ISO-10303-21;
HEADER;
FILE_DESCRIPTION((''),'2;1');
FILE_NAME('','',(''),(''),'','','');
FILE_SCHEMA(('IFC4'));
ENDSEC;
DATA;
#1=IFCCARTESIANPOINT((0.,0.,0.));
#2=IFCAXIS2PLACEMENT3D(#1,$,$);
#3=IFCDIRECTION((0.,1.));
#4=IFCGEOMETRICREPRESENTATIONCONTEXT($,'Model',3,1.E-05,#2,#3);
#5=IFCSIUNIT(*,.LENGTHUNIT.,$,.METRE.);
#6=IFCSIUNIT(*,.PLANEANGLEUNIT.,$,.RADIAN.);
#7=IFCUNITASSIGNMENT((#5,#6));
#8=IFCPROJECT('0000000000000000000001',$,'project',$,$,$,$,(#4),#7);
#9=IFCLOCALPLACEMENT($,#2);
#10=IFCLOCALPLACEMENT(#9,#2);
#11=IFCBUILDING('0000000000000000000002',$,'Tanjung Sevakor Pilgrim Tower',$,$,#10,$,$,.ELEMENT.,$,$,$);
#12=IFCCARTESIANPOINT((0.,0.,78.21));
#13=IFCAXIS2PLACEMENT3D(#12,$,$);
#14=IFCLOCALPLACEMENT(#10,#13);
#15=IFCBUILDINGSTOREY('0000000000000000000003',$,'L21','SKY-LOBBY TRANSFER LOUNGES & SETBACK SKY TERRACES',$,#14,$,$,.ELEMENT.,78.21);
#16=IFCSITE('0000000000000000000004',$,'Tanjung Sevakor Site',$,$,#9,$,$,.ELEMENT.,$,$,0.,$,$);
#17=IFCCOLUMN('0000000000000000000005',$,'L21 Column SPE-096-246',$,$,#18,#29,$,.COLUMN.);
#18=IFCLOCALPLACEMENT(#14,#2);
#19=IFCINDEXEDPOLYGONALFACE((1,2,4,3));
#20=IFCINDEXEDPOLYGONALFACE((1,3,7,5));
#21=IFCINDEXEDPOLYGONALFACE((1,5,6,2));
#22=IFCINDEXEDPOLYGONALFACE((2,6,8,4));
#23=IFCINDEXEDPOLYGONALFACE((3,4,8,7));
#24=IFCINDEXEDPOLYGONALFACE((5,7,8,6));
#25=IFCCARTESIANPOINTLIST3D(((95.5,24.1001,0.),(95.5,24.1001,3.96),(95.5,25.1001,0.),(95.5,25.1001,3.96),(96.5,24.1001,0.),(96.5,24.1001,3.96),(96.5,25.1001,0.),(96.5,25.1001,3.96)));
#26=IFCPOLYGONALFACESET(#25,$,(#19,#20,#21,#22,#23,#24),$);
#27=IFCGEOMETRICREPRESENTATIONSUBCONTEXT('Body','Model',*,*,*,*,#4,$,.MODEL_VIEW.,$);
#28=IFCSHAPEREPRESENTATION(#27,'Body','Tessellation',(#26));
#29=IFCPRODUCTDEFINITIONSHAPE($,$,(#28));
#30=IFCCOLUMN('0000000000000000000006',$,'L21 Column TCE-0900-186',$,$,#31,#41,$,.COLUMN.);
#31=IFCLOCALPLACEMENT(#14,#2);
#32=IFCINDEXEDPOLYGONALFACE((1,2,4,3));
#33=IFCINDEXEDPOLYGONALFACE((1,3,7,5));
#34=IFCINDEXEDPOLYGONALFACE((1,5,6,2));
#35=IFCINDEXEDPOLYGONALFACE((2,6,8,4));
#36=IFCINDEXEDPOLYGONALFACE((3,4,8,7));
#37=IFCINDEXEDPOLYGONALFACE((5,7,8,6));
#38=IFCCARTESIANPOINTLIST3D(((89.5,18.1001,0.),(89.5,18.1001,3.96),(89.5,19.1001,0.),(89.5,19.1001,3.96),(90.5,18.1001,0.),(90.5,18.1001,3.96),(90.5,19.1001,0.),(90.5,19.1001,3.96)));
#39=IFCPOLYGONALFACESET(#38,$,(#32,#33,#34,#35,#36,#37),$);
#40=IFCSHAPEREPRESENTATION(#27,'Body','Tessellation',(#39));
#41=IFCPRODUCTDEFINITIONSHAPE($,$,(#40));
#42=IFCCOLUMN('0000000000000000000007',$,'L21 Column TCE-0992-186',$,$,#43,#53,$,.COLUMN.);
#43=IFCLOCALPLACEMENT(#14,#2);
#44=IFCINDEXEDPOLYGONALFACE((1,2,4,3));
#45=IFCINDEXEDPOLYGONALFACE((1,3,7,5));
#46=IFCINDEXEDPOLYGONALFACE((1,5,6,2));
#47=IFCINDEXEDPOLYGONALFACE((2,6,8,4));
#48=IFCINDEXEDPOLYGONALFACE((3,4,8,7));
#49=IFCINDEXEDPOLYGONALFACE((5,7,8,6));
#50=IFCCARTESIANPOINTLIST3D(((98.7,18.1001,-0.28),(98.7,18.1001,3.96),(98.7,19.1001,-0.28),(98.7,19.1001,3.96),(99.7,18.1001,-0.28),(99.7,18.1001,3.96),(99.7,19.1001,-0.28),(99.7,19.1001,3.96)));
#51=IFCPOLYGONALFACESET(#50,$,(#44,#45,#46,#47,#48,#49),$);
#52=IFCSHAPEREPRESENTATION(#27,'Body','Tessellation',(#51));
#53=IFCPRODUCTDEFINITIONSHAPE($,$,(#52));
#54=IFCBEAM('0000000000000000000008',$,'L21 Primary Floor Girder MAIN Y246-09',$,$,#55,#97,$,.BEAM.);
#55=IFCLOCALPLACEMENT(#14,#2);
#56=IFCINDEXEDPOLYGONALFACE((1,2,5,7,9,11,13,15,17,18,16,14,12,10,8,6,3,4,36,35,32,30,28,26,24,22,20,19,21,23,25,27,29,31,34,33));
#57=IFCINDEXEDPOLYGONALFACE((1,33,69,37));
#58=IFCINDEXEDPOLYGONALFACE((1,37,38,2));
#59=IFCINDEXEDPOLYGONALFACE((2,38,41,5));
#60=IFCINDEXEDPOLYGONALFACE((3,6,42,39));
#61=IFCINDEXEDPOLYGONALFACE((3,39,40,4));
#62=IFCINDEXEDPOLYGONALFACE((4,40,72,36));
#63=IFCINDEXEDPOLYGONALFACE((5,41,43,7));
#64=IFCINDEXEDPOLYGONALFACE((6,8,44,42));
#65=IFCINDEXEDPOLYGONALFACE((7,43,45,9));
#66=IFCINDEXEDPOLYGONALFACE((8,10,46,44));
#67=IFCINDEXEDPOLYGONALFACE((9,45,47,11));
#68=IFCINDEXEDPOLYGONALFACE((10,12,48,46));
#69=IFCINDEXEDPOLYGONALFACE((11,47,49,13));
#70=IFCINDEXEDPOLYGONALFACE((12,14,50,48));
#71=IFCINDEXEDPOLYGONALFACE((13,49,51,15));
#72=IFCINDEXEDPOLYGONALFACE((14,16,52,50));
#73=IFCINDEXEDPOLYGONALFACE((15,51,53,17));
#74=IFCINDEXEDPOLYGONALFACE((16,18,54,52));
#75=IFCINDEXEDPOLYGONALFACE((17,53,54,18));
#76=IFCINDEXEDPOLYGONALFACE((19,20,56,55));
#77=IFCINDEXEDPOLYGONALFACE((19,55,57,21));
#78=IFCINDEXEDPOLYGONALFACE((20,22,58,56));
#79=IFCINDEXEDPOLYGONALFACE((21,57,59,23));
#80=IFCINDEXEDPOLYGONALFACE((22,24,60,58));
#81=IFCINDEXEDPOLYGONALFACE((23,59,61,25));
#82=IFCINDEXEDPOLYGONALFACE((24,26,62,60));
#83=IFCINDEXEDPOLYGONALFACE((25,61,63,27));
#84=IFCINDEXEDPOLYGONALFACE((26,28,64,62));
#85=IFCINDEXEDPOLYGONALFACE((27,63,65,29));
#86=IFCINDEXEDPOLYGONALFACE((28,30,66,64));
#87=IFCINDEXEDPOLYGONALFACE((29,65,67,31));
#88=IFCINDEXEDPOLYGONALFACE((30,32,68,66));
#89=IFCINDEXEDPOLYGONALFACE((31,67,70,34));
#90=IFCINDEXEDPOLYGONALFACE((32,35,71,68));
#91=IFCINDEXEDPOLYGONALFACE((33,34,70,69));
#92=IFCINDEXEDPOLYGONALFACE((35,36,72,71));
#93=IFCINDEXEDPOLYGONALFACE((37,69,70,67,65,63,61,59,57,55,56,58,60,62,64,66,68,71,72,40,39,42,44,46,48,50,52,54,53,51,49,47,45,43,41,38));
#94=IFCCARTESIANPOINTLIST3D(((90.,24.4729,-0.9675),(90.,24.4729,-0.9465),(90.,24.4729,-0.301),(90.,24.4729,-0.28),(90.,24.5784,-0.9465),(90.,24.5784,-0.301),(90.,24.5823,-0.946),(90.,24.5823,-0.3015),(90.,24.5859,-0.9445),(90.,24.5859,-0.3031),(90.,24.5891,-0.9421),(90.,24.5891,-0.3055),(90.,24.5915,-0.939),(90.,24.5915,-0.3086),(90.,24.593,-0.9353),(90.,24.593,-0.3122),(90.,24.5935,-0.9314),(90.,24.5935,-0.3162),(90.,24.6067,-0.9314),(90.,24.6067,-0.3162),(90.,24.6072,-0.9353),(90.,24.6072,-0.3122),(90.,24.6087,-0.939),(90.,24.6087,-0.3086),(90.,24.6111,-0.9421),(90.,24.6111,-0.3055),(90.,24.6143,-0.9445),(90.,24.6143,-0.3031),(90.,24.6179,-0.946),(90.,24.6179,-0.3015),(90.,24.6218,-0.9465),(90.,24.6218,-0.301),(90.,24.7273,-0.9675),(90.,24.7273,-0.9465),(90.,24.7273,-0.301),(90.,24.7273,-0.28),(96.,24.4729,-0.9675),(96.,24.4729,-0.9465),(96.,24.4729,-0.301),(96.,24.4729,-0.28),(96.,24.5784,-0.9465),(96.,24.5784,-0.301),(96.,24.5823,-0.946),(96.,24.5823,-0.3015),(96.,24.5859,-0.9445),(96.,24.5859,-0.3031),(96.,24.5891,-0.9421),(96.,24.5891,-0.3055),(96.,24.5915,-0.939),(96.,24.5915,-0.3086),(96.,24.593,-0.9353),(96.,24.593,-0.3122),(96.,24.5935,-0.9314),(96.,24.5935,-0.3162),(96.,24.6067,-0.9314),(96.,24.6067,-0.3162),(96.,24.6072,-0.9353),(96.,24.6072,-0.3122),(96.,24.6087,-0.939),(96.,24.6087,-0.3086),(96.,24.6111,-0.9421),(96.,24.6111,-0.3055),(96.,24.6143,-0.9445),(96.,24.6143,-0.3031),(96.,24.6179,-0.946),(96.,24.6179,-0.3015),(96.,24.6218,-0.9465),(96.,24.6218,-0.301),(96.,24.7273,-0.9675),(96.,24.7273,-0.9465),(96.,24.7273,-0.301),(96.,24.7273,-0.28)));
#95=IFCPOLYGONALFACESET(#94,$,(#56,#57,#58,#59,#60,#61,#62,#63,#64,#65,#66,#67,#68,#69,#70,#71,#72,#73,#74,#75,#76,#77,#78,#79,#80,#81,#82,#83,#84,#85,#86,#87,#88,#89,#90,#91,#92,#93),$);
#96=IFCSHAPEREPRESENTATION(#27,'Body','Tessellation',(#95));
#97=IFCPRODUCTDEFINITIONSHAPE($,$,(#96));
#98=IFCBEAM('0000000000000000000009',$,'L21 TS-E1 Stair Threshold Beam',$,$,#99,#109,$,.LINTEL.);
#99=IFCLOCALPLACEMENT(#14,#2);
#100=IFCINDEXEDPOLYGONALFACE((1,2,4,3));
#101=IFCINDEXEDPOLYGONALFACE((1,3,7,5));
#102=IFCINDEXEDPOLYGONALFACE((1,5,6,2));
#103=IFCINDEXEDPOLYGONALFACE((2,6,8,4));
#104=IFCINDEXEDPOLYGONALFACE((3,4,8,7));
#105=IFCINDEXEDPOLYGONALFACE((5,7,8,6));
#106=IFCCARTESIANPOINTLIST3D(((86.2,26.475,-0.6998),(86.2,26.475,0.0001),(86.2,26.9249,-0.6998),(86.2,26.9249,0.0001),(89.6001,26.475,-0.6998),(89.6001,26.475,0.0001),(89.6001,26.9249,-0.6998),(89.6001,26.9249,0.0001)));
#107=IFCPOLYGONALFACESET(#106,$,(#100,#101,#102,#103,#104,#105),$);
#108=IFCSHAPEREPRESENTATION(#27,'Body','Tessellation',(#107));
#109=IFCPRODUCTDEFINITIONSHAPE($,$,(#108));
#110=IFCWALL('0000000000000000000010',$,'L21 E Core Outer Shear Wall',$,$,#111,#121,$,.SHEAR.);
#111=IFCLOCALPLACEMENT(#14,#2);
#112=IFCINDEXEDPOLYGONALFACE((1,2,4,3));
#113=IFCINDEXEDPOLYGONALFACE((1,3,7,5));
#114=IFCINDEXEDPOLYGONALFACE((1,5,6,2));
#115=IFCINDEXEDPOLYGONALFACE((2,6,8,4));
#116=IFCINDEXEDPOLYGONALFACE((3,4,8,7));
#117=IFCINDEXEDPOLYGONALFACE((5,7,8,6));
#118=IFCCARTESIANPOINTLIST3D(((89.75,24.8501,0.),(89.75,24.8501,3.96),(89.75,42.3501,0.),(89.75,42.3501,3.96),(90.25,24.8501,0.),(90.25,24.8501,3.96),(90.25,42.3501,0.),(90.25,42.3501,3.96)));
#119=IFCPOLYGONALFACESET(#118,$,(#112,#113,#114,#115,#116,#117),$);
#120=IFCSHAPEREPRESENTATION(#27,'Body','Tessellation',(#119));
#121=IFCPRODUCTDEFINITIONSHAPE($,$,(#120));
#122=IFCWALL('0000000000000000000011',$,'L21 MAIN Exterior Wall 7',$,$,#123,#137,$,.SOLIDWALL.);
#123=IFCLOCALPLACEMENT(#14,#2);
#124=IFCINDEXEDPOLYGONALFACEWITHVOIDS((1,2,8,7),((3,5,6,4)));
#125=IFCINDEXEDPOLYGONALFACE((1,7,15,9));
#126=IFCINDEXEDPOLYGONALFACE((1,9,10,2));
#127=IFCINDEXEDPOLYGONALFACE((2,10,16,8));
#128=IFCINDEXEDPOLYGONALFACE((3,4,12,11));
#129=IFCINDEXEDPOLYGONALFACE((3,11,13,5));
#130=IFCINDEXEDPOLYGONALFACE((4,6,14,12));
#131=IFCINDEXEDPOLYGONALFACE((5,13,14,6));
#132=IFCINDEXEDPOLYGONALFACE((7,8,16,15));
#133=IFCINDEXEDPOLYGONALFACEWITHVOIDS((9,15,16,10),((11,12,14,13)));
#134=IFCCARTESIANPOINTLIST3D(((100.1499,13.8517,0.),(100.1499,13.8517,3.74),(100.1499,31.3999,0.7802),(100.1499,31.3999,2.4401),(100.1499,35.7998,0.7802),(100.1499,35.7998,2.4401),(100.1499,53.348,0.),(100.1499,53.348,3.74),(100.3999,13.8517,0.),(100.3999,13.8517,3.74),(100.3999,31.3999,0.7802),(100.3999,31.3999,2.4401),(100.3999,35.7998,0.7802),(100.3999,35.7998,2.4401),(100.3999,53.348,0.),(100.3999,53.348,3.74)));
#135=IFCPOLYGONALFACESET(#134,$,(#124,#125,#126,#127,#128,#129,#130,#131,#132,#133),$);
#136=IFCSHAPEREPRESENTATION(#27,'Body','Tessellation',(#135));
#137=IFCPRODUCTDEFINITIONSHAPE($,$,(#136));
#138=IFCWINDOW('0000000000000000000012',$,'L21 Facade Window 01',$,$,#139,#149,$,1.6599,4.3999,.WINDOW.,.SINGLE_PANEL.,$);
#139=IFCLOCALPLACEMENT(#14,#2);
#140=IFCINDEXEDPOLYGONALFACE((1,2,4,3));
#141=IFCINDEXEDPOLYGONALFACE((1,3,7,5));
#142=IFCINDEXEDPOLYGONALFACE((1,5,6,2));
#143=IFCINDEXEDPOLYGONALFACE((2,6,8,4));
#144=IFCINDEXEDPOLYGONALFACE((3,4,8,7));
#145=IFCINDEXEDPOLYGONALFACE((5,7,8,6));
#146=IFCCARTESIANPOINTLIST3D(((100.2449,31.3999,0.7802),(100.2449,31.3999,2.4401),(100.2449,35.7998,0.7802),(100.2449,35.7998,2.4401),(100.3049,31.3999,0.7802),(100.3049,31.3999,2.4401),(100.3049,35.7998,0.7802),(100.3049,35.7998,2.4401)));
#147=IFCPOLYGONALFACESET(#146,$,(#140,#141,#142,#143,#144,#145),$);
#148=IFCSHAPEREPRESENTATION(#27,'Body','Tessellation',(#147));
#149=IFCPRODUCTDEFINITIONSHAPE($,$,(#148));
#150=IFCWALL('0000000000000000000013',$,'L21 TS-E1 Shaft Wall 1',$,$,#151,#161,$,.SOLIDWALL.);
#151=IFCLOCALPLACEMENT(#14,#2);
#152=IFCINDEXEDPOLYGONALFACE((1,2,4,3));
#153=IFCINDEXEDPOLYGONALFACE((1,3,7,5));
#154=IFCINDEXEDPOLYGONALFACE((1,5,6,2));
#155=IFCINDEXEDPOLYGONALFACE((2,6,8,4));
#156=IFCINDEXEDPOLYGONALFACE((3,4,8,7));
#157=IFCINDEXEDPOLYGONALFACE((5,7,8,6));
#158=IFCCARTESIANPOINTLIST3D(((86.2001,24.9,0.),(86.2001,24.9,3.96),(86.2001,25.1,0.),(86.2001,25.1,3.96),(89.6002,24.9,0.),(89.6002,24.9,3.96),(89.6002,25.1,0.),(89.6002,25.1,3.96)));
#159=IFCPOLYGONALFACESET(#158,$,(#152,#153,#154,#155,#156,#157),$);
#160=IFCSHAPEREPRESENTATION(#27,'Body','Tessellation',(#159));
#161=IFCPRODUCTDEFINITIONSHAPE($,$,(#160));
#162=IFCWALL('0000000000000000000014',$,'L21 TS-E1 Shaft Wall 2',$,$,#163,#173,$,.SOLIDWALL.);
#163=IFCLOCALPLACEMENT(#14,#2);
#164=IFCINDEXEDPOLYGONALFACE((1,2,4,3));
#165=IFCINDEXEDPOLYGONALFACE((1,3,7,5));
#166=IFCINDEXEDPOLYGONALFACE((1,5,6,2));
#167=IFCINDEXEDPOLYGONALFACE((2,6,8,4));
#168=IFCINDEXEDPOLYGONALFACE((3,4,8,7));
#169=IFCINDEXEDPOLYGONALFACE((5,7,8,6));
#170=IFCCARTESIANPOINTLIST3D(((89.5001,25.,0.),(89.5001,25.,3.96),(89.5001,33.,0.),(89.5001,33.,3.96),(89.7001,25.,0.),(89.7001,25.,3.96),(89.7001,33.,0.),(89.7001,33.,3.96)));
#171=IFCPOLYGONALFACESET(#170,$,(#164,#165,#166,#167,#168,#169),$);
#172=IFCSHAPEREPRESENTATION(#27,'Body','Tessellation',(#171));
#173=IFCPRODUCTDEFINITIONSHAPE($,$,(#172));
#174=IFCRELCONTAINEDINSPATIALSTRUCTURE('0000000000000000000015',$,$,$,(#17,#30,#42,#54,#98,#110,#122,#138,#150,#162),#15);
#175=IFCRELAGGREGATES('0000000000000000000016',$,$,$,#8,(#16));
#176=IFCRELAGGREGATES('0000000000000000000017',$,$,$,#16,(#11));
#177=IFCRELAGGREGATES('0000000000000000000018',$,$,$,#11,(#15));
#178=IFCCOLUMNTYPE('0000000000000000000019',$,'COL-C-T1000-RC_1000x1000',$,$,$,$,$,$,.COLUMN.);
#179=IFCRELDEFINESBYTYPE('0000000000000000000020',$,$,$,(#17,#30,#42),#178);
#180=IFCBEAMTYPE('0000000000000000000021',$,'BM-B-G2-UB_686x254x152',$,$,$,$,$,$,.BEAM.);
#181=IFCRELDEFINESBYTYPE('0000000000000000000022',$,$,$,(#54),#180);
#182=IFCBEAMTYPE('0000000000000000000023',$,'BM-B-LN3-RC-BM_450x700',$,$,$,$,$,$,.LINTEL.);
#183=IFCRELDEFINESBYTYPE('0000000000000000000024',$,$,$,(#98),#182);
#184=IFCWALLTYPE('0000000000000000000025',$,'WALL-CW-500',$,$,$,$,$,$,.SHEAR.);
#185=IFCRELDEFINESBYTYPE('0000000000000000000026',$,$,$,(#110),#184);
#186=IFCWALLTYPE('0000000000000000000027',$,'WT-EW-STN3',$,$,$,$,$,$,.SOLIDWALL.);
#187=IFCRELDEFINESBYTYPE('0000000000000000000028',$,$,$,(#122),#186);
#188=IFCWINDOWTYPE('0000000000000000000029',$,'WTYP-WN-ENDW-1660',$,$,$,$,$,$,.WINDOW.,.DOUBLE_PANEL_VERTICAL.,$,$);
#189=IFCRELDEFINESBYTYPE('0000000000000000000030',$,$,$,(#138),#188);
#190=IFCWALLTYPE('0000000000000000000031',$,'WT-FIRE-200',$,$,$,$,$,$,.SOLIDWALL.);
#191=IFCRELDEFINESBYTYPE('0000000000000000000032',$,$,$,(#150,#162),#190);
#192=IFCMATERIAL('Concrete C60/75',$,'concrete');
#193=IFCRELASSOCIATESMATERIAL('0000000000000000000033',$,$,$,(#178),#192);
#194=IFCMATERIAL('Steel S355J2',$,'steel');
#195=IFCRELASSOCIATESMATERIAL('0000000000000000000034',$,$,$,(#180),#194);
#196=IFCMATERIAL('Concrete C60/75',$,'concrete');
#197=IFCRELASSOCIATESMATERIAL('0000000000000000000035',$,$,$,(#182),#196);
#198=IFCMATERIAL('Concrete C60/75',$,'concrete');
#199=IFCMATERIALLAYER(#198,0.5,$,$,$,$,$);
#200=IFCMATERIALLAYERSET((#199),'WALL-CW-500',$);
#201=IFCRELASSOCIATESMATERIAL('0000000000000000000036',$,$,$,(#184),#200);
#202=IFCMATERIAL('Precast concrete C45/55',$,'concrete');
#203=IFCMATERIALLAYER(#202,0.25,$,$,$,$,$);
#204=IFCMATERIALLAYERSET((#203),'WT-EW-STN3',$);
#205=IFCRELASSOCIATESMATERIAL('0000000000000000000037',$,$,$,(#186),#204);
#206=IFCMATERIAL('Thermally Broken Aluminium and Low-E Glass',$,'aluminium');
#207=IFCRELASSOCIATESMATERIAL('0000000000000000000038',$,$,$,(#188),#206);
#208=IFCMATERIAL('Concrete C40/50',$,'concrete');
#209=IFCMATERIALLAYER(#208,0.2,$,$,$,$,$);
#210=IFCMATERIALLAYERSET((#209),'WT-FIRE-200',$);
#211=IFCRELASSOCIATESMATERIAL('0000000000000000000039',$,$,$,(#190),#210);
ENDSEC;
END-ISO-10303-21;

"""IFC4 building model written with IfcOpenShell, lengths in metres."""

from ifc_helpers import new_model, si_unit, direction, frame, frame_2d, origin, origin_2d, place, context, subcontext, project, spatial, rectangle, i_section, extrude, material, layer, layer_set, material_profile, profile_set, type_object, element, fill, save


model = new_model("IFC4")

# Units and contexts
model_context = context("Model", 3, precision=1e-05, world=origin(), true_north=direction((0.0, 1.0)))
body_context = subcontext(model_context, "Body", "Model", "MODEL_VIEW")
ifc_project = project(units=[si_unit("LENGTHUNIT", "METRE"), si_unit("PLANEANGLEUNIT", "RADIAN")], contexts=[model_context])

# Site, building, storey
site_placement = place(None, origin())
site = spatial("IfcSite", under=ifc_project, at=site_placement, Name="Tanjung Sevakor Site", CompositionType="ELEMENT", RefElevation=0.0)
building_placement = place(site_placement, origin())
building = spatial("IfcBuilding", under=site, at=building_placement, Name="Tanjung Sevakor Pilgrim Tower", CompositionType="ELEMENT")
storey_placement = place(building_placement, frame((0.0, 0.0, 78.21)))
storey = spatial("IfcBuildingStorey", under=building, at=storey_placement, Name="L21", Description="SKY-LOBBY TRANSFER LOUNGES & SETBACK SKY TERRACES", CompositionType="ELEMENT", Elevation=78.21)

# Columns
ifc_material_1 = material(Name="Concrete C60/75", Category="concrete")
ifc_material_profile_1 = material_profile(ifc_material_1, rectangle(XDim=1.0, YDim=1.0, at=origin_2d()))
ifc_profile_set_1 = profile_set([ifc_material_profile_1], Name="Concrete C60/75")
column_type = type_object("IfcColumnType", Name="COL-C-T1000-RC_1000x1000", PredefinedType="COLUMN", material=ifc_profile_set_1)
for number, where, z_axis, x_axis, name in (
    (1, (96.0, 24.6001, 0.0), (0.0, 0.0, 1.0), (1.0, 0.0, 0.0), "L21 Column SPE-096-246"),
    (2, (90.0, 18.6001, 0.0), (0.0, 0.0, 1.0), (1.0, 0.0, 0.0), "L21 Column TCE-0900-186"),
):
    element("IfcColumn", number, at=place(storey_placement, frame(where, z_axis=z_axis, x_axis=x_axis)), inside=storey, type_object=column_type, Name=name, PredefinedType="COLUMN", context=body_context, shape_type="SweptSolid", body=[
        extrude(rectangle(XDim=1.0, YDim=1.0, at=origin_2d()), origin(), (0.0, 0.0, 1.0), 3.96),
    ])
column_placement = place(storey_placement, frame((99.2, 18.6001, -0.28), z_axis=(0.0, 0.0, 1.0), x_axis=(1.0, 0.0, 0.0)))
element("IfcColumn", 3, at=column_placement, inside=storey, type_object=column_type, Name="L21 Column TCE-0992-186", PredefinedType="COLUMN", context=body_context, shape_type="SweptSolid", body=[
    extrude(rectangle(XDim=1.0, YDim=1.0, at=origin_2d()), origin(), (0.0, 0.0, 1.0), 4.24),
])

# Beams
ifc_material_2 = material(Name="Steel S355J2", Category="steel")
ifc_material_profile_2 = material_profile(ifc_material_2, i_section(OverallWidth=0.2544, OverallDepth=0.6875, WebThickness=0.0132, FlangeThickness=0.021, FilletRadius=0.0151, at=origin_2d()))
ifc_profile_set_2 = profile_set([ifc_material_profile_2], Name="Steel S355J2")
beam_type_1 = type_object("IfcBeamType", Name="BM-B-G2-UB_686x254x152", PredefinedType="BEAM", material=ifc_profile_set_2)
beam_1_placement = place(storey_placement, frame((90.0, 24.6001, -0.6238), z_axis=(1.0, 0.0, 0.0), x_axis=(0.0, 1.0, 0.0)))
element("IfcBeam", 4, at=beam_1_placement, inside=storey, type_object=beam_type_1, Name="L21 Primary Floor Girder MAIN Y246-09", PredefinedType="BEAM", context=body_context, shape_type="SweptSolid", body=[
    extrude(i_section(OverallWidth=0.2544, OverallDepth=0.6875, WebThickness=0.0132, FlangeThickness=0.021, FilletRadius=0.0151, at=origin_2d()), origin(), (0.0, 0.0, 1.0), 6.0),
])
ifc_material_3 = material(Name="Concrete C60/75", Category="concrete")
ifc_material_profile_3 = material_profile(ifc_material_3, rectangle(XDim=0.45, YDim=0.7, at=origin_2d()))
ifc_profile_set_3 = profile_set([ifc_material_profile_3], Name="Concrete C60/75")
beam_type_2 = type_object("IfcBeamType", Name="BM-B-LN3-RC-BM_450x700", PredefinedType="LINTEL", material=ifc_profile_set_3)
beam_2_placement = place(storey_placement, frame((86.2, 26.7, -0.3499), z_axis=(1.0, 0.0, 0.0), x_axis=(0.0, 1.0, 0.0)))
element("IfcBeam", 5, at=beam_2_placement, inside=storey, type_object=beam_type_2, Name="L21 TS-E1 Stair Threshold Beam", PredefinedType="LINTEL", context=body_context, shape_type="SweptSolid", body=[
    extrude(rectangle(XDim=0.45, YDim=0.7, at=origin_2d()), origin(), (0.0, 0.0, 1.0), 3.4001),
])

# Wall
ifc_material_4 = material(Name="Concrete C60/75", Category="concrete")
ifc_layer_1 = layer(ifc_material_4, 0.5)
ifc_layer_set_1 = layer_set([ifc_layer_1], Name="WALL-CW-500")
wall_type_1 = type_object("IfcWallType", Name="WALL-CW-500", PredefinedType="SHEAR", material=ifc_layer_set_1)
wall_1_placement = place(storey_placement, frame((90.0, 24.8501, 0.0), z_axis=(0.0, 0.0, 1.0), x_axis=(0.0, 1.0, 0.0)))
element("IfcWall", 6, at=wall_1_placement, inside=storey, type_object=wall_type_1, Name="L21 E Core Outer Shear Wall", PredefinedType="SHEAR", context=body_context, shape_type="SweptSolid", body=[
    extrude(rectangle(XDim=17.5, YDim=0.5, at=frame_2d((8.75, 0.0))), origin(), (0.0, 0.0, 1.0), 3.96),
])

# Wall, opening, window
ifc_material_5 = material(Name="Precast concrete C45/55", Category="concrete")
ifc_layer_2 = layer(ifc_material_5, 0.25)
ifc_layer_set_2 = layer_set([ifc_layer_2], Name="WT-EW-STN3")
wall_type_2 = type_object("IfcWallType", Name="WT-EW-STN3", PredefinedType="SOLIDWALL", material=ifc_layer_set_2)
wall_2_placement = place(storey_placement, frame((100.2749, 13.8518, 0.0), z_axis=(0.0, 0.0, 1.0), x_axis=(0.0, 1.0, 0.0)))
wall_2 = element("IfcWall", 7, at=wall_2_placement, inside=storey, type_object=wall_type_2, Name="L21 MAIN Exterior Wall 7", PredefinedType="SOLIDWALL", context=body_context, shape_type="SweptSolid", body=[
    extrude(rectangle(XDim=39.4963, YDim=0.25, at=frame_2d((19.748, 0.0))), origin(), (0.0, 0.0, 1.0), 3.74),
])
opening_1_placement = place(wall_2_placement, frame((17.5481, 0.0, 0.78)))
opening_1 = element("IfcOpeningElement", 8, at=opening_1_placement, cuts=wall_2, PredefinedType="OPENING", context=body_context, shape_type="SweptSolid", body=[
    extrude(rectangle(XDim=4.3999, YDim=1.6599, at=frame_2d((2.2, 0.8301))), frame((0.0, 0.135, 0.0), z_axis=(0.0, -1.0, 0.0), x_axis=(1.0, 0.0, 0.0)), (0.0, 0.0, 1.0), 0.27),
])
ifc_material_6 = material(Name="Thermally Broken Aluminium and Low-E Glass", Category="aluminium")
window_type = type_object("IfcWindowType", Name="WTYP-WN-ENDW-1660", PartitioningType="DOUBLE_PANEL_VERTICAL", PredefinedType="WINDOW", material=ifc_material_6)
window_placement = place(opening_1_placement, origin())
window = element("IfcWindow", 9, at=window_placement, inside=storey, type_object=window_type, Name="L21 Facade Window 01", OverallHeight=1.6599, OverallWidth=4.3999, PartitioningType="SINGLE_PANEL", PredefinedType="WINDOW", context=body_context, shape_type="SweptSolid", body=[
    extrude(rectangle(XDim=4.3999, YDim=1.6599, at=frame_2d((2.2, 0.8301))), frame((0.0, 0.03, 0.0), z_axis=(0.0, -1.0, 0.0), x_axis=(1.0, 0.0, 0.0)), (0.0, 0.0, 1.0), 0.0601),
])
fill(opening_1, window)

# Walls
ifc_material_7 = material(Name="Concrete C40/50", Category="concrete")
ifc_layer_3 = layer(ifc_material_7, 0.2)
ifc_layer_set_3 = layer_set([ifc_layer_3], Name="WT-FIRE-200")
wall_type_3 = type_object("IfcWallType", Name="WT-FIRE-200", PredefinedType="SOLIDWALL", material=ifc_layer_set_3)
wall_3_placement = place(storey_placement, frame((86.2, 25.0, 0.0), z_axis=(0.0, 0.0, 1.0), x_axis=(1.0, 0.0, 0.0)))
element("IfcWall", 10, at=wall_3_placement, inside=storey, type_object=wall_type_3, Name="L21 TS-E1 Shaft Wall 1", PredefinedType="SOLIDWALL", context=body_context, shape_type="SweptSolid", body=[
    extrude(rectangle(XDim=3.4001, YDim=0.2, at=frame_2d((1.7002, 0.0))), origin(), (0.0, 0.0, 1.0), 3.96),
])
wall_4_placement = place(storey_placement, frame((89.6001, 25.0, 0.0), z_axis=(0.0, 0.0, 1.0), x_axis=(0.0, 1.0, 0.0)))
element("IfcWall", 11, at=wall_4_placement, inside=storey, type_object=wall_type_3, Name="L21 TS-E1 Shaft Wall 2", PredefinedType="SOLIDWALL", context=body_context, shape_type="SweptSolid", body=[
    extrude(rectangle(XDim=8.0, YDim=0.2, at=frame_2d((4.0, 0.0))), origin(), (0.0, 0.0, 1.0), 3.96),
])

save(model, "model.ifc")
